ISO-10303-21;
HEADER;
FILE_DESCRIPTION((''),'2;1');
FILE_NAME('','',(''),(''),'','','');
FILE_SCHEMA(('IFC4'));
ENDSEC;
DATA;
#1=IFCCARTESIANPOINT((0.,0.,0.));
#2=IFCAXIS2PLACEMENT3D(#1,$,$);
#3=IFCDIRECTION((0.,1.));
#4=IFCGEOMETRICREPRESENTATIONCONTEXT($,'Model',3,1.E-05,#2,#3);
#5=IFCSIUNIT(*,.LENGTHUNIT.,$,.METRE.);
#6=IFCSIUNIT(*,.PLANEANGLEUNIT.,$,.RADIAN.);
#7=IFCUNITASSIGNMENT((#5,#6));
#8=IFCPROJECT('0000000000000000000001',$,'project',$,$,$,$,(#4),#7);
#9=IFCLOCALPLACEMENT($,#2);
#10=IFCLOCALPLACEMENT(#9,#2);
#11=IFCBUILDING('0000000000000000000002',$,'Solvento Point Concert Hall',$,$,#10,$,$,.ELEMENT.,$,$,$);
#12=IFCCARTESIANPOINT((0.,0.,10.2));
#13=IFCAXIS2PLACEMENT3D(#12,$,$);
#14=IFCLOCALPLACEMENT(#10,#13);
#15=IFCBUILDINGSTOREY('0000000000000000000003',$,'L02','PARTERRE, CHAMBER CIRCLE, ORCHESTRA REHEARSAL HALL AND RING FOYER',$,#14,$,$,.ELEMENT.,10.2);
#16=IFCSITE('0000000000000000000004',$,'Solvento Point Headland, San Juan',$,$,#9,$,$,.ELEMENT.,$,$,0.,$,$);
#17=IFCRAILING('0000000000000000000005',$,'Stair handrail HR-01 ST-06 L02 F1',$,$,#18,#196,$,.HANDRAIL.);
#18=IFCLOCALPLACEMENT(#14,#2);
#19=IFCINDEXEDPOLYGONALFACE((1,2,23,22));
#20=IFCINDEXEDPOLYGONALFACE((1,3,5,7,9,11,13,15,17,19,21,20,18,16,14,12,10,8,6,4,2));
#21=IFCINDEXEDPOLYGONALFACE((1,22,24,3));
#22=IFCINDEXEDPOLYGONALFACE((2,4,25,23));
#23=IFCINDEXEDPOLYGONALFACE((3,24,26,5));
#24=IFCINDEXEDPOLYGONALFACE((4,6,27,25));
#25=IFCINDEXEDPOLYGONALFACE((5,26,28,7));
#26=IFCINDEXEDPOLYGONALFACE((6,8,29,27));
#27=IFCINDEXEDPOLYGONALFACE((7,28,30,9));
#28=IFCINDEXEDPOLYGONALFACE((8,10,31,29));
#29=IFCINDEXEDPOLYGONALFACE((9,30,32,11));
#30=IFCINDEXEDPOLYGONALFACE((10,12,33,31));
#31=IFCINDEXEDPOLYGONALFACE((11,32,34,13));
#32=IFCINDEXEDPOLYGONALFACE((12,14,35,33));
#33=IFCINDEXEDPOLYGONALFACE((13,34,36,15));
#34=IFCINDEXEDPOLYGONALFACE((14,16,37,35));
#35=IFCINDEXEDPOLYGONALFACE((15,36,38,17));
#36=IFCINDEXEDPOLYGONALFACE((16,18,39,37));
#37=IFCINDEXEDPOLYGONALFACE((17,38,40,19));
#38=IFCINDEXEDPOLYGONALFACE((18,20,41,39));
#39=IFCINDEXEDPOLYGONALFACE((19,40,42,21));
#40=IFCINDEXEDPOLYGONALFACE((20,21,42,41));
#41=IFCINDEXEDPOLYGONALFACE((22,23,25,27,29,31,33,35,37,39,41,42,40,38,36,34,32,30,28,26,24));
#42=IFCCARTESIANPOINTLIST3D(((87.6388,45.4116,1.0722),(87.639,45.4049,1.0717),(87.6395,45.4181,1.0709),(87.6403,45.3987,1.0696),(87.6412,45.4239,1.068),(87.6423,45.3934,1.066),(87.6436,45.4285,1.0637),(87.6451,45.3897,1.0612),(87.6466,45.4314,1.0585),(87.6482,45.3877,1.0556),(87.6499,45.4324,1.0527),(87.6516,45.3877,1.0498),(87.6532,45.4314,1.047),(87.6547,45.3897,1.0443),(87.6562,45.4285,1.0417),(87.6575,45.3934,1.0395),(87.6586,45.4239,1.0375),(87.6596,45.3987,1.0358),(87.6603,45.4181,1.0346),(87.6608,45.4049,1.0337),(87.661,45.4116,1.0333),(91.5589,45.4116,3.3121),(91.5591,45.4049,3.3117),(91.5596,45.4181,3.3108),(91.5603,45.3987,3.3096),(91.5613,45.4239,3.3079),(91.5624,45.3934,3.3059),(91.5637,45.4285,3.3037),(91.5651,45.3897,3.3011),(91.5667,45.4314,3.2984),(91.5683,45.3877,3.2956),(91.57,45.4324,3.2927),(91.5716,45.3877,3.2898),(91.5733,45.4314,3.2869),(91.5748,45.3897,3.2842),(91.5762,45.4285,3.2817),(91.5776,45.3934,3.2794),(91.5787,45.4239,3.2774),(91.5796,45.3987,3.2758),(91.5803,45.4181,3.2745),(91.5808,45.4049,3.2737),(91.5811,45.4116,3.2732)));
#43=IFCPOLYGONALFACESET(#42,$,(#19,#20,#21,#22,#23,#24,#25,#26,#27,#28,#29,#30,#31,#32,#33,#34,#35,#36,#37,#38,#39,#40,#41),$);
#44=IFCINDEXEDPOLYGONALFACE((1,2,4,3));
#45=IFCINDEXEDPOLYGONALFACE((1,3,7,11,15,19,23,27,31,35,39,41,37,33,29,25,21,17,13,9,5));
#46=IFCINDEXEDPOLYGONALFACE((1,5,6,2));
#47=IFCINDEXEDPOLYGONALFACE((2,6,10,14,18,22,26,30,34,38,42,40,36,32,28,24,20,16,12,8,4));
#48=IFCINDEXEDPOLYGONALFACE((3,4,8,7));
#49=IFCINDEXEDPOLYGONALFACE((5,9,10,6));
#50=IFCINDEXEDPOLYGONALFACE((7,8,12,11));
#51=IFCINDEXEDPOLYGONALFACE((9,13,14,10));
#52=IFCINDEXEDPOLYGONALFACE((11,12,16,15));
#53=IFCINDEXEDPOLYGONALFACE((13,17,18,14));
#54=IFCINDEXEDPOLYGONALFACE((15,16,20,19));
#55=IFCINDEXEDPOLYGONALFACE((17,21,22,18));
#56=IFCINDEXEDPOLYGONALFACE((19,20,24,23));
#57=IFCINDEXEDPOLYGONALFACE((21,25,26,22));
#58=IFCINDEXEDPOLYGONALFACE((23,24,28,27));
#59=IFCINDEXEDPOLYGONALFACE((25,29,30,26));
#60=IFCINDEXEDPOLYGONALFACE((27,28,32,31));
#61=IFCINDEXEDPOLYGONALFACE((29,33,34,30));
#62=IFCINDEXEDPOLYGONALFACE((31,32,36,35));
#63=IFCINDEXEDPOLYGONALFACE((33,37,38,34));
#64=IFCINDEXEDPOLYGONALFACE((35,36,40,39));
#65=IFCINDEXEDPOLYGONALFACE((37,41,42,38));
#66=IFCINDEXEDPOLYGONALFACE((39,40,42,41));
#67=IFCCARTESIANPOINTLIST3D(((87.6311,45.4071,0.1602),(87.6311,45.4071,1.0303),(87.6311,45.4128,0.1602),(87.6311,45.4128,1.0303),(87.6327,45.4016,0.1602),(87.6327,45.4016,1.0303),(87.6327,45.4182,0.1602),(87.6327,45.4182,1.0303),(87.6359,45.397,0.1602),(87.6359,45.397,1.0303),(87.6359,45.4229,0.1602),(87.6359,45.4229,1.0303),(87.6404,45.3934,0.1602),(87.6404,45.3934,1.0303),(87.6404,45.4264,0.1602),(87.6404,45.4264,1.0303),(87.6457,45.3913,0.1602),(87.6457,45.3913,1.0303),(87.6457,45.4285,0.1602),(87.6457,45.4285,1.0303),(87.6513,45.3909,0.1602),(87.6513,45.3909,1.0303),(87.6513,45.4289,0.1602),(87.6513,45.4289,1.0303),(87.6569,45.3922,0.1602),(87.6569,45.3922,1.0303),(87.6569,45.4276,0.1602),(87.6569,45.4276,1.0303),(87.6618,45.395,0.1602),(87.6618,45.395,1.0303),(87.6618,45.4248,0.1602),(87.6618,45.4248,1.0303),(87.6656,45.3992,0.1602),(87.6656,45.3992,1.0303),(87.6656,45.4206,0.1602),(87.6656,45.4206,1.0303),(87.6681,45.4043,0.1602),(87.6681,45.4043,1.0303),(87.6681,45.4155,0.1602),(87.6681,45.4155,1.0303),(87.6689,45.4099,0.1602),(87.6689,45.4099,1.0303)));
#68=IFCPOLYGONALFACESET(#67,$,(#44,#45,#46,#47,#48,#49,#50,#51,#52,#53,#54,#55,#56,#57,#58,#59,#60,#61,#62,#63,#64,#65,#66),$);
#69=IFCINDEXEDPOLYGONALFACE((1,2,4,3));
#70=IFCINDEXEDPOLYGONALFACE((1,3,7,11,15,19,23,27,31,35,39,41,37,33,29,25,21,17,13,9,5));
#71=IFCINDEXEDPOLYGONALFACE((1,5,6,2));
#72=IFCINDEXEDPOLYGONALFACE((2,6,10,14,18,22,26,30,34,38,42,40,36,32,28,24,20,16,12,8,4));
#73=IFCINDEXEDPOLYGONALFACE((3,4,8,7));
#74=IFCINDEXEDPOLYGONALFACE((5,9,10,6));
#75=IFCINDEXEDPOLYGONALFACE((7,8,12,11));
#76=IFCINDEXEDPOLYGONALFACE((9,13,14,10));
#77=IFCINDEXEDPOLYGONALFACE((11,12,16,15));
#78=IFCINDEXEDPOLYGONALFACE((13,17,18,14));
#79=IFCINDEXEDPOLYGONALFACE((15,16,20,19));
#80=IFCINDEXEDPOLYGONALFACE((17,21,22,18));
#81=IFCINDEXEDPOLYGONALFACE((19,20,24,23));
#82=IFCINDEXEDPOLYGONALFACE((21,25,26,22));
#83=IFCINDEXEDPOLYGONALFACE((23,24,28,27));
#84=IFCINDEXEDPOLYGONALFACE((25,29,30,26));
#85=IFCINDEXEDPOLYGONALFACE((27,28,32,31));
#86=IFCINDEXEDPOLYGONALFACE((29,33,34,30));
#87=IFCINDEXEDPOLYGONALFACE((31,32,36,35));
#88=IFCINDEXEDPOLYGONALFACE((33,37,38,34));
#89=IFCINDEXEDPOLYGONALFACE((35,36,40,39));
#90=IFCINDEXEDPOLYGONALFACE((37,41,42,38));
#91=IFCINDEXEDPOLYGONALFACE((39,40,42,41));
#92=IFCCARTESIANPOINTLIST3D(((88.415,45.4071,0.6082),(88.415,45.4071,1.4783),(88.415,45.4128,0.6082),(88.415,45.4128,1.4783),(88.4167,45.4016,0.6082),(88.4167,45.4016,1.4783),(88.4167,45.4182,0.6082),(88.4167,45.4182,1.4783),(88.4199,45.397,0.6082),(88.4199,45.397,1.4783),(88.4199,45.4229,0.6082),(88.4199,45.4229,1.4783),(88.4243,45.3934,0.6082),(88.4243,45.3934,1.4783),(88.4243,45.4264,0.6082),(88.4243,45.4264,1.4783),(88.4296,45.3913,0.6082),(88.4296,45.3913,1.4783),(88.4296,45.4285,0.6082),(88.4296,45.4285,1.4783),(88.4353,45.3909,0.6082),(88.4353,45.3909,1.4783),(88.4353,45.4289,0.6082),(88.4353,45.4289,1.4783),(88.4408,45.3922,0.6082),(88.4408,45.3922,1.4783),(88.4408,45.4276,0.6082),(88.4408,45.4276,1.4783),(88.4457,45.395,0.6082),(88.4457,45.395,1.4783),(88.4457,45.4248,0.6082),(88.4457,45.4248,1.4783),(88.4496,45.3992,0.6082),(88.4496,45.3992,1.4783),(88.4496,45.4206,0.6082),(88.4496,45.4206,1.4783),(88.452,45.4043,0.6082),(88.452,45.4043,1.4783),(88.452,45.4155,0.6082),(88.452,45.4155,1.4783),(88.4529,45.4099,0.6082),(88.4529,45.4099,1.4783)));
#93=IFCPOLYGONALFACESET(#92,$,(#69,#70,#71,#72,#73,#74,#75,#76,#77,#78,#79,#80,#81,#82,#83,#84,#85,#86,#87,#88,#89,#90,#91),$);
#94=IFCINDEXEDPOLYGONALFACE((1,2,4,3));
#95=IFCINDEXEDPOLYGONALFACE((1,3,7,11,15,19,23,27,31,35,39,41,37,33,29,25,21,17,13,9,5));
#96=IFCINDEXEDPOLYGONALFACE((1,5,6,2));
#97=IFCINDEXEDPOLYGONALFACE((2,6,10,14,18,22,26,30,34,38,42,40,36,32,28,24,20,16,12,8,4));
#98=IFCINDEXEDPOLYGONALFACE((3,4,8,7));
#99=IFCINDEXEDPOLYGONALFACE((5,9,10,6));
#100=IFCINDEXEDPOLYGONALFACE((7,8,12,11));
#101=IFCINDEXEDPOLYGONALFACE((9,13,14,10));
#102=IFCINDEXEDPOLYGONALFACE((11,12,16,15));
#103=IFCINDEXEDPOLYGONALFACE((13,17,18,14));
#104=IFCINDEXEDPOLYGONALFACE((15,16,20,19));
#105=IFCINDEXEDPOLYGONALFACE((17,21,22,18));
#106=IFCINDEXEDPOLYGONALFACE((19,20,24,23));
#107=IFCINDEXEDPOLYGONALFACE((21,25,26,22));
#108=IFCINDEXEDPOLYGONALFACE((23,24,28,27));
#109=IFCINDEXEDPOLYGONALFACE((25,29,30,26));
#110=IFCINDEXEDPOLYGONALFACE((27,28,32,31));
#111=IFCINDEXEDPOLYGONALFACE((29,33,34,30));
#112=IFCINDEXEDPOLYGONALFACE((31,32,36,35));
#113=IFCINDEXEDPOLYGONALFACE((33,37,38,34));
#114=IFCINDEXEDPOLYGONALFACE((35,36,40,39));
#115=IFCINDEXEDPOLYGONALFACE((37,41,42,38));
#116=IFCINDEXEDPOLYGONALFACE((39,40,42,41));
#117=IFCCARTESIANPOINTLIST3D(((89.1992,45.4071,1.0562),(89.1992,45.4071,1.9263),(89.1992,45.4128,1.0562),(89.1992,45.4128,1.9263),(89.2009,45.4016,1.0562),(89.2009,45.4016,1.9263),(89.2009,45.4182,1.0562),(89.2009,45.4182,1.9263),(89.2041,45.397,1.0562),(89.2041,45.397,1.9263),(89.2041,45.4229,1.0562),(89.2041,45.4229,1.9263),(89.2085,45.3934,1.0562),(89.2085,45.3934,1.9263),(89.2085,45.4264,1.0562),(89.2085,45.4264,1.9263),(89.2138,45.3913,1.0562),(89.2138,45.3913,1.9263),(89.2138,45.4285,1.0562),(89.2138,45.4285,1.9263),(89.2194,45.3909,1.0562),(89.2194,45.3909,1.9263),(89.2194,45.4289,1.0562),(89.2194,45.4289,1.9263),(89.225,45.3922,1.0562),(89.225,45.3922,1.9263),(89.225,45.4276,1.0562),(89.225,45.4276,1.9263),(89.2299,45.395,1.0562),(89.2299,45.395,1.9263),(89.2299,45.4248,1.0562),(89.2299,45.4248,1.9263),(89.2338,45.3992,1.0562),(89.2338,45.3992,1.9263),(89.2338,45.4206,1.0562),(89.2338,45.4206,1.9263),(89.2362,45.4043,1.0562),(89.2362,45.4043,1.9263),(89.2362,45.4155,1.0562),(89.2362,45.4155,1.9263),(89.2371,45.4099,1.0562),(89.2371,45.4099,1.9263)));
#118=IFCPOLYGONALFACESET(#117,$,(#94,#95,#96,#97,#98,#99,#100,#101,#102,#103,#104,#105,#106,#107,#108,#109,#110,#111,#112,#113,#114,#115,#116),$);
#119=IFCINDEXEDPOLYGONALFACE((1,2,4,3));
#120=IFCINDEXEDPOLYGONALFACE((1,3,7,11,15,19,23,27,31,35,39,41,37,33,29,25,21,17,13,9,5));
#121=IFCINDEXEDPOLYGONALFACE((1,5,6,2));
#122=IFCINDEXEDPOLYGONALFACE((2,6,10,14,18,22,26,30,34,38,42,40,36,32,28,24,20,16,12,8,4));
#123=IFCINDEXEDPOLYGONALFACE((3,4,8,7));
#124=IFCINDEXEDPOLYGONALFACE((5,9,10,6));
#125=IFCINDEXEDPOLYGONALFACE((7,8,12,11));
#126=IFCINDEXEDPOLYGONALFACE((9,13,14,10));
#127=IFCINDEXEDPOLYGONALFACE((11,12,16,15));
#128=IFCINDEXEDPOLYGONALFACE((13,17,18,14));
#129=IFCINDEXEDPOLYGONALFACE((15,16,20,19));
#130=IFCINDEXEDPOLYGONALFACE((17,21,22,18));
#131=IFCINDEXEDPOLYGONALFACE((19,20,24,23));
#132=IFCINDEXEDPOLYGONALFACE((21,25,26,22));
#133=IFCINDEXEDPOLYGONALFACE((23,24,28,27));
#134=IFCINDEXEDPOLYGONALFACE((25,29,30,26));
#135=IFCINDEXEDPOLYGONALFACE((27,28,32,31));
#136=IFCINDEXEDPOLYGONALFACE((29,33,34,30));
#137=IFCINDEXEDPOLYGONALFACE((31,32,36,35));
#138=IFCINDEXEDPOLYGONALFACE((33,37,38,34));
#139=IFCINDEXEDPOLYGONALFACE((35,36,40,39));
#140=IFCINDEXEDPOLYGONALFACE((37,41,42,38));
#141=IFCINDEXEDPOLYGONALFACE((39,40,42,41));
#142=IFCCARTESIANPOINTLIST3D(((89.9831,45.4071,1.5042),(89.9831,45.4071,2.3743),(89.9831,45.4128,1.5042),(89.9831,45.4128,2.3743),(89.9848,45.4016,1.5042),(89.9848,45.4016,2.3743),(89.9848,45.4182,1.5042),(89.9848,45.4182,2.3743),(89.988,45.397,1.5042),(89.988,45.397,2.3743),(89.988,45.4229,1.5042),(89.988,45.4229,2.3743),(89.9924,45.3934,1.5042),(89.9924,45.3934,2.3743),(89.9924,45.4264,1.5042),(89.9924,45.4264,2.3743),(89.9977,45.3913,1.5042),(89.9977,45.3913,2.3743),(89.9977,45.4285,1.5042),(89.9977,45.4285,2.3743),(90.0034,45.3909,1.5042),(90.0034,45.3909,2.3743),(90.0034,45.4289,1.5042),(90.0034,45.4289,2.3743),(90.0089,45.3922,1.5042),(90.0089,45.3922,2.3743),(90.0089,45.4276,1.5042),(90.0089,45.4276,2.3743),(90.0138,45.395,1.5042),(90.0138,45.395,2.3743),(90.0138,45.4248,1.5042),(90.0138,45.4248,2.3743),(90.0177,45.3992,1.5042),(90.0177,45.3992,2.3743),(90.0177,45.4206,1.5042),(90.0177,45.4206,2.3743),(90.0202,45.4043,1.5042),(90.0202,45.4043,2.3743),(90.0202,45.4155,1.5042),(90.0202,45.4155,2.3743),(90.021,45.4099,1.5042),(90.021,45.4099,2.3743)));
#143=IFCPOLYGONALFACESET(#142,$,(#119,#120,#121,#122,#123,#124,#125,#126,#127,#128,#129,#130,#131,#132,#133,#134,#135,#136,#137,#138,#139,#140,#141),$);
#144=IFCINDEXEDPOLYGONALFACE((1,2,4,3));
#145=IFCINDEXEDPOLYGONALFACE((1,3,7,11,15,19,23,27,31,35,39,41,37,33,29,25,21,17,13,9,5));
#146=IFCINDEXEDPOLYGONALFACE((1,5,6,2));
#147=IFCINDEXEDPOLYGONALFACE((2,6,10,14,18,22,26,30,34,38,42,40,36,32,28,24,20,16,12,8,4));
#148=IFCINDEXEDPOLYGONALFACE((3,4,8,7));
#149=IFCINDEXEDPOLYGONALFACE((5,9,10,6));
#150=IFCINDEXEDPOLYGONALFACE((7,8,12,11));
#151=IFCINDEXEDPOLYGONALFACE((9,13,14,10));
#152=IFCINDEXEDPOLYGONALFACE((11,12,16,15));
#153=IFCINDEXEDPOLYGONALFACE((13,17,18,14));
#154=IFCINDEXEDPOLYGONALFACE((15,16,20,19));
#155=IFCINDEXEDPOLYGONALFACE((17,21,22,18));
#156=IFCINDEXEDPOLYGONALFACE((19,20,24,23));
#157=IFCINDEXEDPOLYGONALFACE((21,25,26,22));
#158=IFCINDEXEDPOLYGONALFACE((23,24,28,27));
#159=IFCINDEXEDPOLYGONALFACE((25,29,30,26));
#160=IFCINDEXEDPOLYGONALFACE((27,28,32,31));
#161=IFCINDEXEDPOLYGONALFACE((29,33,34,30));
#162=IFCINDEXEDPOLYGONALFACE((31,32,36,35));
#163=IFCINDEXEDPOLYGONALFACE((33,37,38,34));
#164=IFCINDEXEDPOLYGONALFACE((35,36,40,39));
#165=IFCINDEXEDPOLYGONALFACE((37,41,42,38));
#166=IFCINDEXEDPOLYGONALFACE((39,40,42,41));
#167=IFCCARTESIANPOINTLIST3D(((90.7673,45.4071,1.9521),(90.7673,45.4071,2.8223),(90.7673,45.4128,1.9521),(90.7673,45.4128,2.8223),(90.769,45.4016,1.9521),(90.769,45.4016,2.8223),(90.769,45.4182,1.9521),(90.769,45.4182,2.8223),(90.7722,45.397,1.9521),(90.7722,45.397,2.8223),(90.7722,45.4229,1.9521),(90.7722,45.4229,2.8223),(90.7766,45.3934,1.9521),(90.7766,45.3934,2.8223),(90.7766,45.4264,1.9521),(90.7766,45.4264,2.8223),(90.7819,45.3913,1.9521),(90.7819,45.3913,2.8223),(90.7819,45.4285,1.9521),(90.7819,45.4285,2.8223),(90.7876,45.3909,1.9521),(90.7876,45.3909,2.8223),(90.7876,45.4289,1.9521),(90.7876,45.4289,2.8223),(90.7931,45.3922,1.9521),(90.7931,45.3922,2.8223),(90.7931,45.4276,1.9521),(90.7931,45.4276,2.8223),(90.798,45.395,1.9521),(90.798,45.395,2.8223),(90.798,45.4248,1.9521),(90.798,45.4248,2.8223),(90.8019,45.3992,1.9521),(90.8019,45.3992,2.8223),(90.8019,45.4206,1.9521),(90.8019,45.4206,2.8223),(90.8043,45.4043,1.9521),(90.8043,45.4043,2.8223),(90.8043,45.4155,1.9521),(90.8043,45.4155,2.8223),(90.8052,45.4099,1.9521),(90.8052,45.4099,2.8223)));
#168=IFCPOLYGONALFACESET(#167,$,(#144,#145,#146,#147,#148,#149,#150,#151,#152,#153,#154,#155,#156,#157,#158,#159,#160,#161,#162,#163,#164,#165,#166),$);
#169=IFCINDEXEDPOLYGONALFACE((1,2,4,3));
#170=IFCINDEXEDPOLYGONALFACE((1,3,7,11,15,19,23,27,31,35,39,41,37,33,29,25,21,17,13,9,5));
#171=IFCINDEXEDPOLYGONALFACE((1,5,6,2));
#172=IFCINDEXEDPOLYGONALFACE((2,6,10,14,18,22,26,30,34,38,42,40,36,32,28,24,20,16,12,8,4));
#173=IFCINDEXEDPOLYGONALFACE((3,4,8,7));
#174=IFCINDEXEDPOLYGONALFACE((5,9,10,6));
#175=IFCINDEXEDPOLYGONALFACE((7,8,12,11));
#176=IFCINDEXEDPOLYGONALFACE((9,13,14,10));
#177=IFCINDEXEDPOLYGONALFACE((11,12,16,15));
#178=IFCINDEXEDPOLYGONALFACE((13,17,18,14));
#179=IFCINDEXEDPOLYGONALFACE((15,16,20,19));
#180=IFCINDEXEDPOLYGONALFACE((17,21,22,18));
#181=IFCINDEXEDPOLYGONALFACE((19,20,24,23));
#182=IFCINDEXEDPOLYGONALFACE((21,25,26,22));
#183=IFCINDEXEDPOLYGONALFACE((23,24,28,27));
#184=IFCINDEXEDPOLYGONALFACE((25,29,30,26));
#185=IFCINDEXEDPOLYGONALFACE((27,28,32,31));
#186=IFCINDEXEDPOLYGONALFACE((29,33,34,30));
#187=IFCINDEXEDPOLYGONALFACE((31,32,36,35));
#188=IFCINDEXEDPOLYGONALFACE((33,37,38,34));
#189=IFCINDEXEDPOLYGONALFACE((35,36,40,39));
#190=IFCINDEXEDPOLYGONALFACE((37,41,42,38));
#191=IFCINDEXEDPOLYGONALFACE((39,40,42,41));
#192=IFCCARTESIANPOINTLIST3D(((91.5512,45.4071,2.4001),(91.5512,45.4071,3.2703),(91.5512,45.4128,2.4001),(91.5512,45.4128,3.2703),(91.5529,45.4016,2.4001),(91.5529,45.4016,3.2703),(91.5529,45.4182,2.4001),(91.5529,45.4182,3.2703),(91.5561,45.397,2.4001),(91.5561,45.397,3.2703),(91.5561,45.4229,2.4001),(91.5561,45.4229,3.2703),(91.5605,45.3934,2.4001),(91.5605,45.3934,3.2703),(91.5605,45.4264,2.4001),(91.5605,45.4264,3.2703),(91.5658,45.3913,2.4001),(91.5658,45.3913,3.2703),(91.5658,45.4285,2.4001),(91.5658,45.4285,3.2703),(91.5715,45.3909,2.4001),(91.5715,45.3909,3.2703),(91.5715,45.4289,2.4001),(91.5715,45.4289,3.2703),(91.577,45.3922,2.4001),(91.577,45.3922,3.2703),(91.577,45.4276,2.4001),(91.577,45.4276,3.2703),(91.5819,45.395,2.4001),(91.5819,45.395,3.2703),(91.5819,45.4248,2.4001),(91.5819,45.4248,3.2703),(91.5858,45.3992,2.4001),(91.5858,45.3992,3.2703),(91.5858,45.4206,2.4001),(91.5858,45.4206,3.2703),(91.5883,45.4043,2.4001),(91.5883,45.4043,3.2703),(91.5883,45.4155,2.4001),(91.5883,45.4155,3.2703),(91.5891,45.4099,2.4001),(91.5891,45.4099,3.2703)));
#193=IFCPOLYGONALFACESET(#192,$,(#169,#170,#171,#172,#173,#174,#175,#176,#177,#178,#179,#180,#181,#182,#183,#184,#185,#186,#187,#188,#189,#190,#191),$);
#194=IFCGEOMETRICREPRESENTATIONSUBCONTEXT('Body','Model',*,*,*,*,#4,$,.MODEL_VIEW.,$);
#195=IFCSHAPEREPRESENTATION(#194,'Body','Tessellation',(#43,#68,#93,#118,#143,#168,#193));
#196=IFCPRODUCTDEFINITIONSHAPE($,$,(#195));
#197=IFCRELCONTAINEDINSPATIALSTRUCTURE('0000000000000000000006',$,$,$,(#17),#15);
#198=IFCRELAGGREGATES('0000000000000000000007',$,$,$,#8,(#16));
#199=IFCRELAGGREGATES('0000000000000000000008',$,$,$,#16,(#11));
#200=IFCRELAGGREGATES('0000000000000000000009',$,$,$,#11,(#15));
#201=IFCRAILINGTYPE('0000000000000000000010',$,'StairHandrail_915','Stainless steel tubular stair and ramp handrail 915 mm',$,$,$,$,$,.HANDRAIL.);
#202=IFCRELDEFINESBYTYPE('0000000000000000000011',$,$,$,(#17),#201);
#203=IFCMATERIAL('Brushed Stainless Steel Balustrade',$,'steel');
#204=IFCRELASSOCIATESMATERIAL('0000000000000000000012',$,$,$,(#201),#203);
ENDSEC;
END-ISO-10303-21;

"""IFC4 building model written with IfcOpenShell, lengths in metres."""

from ifc_helpers import new_model, si_unit, direction, frame, origin, origin_2d, place, context, subcontext, project, spatial, circle, extrude, material, type_object, element, save


model = new_model("IFC4")

# Units and contexts
model_context = context("Model", 3, precision=1e-05, world=origin(), true_north=direction((0.0, 1.0)))
body_context = subcontext(model_context, "Body", "Model", "MODEL_VIEW")
ifc_project = project(units=[si_unit("LENGTHUNIT", "METRE"), si_unit("PLANEANGLEUNIT", "RADIAN")], contexts=[model_context])

# Site, building, storey
site_placement = place(None, origin())
site = spatial("IfcSite", under=ifc_project, at=site_placement, Name="Solvento Point Headland, San Juan", CompositionType="ELEMENT", RefElevation=0.0)
building_placement = place(site_placement, origin())
building = spatial("IfcBuilding", under=site, at=building_placement, Name="Solvento Point Concert Hall", CompositionType="ELEMENT")
storey_placement = place(building_placement, frame((0.0, 0.0, 10.2)))
storey = spatial("IfcBuildingStorey", under=building, at=storey_placement, Name="L02", Description="PARTERRE, CHAMBER CIRCLE, ORCHESTRA REHEARSAL HALL AND RING FOYER", CompositionType="ELEMENT", Elevation=10.2)

# Railing
ifc_material_1 = material(Name="Brushed Stainless Steel Balustrade", Category="steel")
railing_type_1 = type_object("IfcRailingType", Name="StairHandrail_915", Description="Stainless steel tubular stair and ramp handrail 915 mm", PredefinedType="HANDRAIL", material=ifc_material_1)
railing_1_placement = place(storey_placement, frame((87.6499, 45.4099, 0.1602)))
element("IfcRailing", 1, at=railing_1_placement, inside=storey, type_object=railing_type_1, Name="Stair handrail HR-01 ST-06 L02 F1", PredefinedType="HANDRAIL", context=body_context, shape_type="SweptSolid", body=[
    extrude(circle(Radius=0.0225, at=origin_2d()), frame((0.0, 0.0, 0.8926), z_axis=(0.868253, 0.0, 0.496121), x_axis=(0.0, 1.0, 0.0)), (0.0, 0.0, 1.0), 4.5149),
    extrude(circle(Radius=0.019, at=origin_2d()), origin(), (0.0, 0.0, 1.0), 0.8701),
    extrude(circle(Radius=0.019, at=origin_2d()), frame((0.7839, 0.0, 0.448)), (0.0, 0.0, 1.0), 0.8701),
    extrude(circle(Radius=0.019, at=origin_2d()), frame((1.5681, 0.0, 0.896)), (0.0, 0.0, 1.0), 0.8701),
    extrude(circle(Radius=0.019, at=origin_2d()), frame((2.3521, 0.0, 1.344)), (0.0, 0.0, 1.0), 0.8701),
    extrude(circle(Radius=0.019, at=origin_2d()), frame((3.1362, 0.0, 1.792)), (0.0, 0.0, 1.0), 0.8701),
    extrude(circle(Radius=0.019, at=origin_2d()), frame((3.9202, 0.0, 2.24)), (0.0, 0.0, 1.0), 0.8701),
])

save(model, "model.ifc")
